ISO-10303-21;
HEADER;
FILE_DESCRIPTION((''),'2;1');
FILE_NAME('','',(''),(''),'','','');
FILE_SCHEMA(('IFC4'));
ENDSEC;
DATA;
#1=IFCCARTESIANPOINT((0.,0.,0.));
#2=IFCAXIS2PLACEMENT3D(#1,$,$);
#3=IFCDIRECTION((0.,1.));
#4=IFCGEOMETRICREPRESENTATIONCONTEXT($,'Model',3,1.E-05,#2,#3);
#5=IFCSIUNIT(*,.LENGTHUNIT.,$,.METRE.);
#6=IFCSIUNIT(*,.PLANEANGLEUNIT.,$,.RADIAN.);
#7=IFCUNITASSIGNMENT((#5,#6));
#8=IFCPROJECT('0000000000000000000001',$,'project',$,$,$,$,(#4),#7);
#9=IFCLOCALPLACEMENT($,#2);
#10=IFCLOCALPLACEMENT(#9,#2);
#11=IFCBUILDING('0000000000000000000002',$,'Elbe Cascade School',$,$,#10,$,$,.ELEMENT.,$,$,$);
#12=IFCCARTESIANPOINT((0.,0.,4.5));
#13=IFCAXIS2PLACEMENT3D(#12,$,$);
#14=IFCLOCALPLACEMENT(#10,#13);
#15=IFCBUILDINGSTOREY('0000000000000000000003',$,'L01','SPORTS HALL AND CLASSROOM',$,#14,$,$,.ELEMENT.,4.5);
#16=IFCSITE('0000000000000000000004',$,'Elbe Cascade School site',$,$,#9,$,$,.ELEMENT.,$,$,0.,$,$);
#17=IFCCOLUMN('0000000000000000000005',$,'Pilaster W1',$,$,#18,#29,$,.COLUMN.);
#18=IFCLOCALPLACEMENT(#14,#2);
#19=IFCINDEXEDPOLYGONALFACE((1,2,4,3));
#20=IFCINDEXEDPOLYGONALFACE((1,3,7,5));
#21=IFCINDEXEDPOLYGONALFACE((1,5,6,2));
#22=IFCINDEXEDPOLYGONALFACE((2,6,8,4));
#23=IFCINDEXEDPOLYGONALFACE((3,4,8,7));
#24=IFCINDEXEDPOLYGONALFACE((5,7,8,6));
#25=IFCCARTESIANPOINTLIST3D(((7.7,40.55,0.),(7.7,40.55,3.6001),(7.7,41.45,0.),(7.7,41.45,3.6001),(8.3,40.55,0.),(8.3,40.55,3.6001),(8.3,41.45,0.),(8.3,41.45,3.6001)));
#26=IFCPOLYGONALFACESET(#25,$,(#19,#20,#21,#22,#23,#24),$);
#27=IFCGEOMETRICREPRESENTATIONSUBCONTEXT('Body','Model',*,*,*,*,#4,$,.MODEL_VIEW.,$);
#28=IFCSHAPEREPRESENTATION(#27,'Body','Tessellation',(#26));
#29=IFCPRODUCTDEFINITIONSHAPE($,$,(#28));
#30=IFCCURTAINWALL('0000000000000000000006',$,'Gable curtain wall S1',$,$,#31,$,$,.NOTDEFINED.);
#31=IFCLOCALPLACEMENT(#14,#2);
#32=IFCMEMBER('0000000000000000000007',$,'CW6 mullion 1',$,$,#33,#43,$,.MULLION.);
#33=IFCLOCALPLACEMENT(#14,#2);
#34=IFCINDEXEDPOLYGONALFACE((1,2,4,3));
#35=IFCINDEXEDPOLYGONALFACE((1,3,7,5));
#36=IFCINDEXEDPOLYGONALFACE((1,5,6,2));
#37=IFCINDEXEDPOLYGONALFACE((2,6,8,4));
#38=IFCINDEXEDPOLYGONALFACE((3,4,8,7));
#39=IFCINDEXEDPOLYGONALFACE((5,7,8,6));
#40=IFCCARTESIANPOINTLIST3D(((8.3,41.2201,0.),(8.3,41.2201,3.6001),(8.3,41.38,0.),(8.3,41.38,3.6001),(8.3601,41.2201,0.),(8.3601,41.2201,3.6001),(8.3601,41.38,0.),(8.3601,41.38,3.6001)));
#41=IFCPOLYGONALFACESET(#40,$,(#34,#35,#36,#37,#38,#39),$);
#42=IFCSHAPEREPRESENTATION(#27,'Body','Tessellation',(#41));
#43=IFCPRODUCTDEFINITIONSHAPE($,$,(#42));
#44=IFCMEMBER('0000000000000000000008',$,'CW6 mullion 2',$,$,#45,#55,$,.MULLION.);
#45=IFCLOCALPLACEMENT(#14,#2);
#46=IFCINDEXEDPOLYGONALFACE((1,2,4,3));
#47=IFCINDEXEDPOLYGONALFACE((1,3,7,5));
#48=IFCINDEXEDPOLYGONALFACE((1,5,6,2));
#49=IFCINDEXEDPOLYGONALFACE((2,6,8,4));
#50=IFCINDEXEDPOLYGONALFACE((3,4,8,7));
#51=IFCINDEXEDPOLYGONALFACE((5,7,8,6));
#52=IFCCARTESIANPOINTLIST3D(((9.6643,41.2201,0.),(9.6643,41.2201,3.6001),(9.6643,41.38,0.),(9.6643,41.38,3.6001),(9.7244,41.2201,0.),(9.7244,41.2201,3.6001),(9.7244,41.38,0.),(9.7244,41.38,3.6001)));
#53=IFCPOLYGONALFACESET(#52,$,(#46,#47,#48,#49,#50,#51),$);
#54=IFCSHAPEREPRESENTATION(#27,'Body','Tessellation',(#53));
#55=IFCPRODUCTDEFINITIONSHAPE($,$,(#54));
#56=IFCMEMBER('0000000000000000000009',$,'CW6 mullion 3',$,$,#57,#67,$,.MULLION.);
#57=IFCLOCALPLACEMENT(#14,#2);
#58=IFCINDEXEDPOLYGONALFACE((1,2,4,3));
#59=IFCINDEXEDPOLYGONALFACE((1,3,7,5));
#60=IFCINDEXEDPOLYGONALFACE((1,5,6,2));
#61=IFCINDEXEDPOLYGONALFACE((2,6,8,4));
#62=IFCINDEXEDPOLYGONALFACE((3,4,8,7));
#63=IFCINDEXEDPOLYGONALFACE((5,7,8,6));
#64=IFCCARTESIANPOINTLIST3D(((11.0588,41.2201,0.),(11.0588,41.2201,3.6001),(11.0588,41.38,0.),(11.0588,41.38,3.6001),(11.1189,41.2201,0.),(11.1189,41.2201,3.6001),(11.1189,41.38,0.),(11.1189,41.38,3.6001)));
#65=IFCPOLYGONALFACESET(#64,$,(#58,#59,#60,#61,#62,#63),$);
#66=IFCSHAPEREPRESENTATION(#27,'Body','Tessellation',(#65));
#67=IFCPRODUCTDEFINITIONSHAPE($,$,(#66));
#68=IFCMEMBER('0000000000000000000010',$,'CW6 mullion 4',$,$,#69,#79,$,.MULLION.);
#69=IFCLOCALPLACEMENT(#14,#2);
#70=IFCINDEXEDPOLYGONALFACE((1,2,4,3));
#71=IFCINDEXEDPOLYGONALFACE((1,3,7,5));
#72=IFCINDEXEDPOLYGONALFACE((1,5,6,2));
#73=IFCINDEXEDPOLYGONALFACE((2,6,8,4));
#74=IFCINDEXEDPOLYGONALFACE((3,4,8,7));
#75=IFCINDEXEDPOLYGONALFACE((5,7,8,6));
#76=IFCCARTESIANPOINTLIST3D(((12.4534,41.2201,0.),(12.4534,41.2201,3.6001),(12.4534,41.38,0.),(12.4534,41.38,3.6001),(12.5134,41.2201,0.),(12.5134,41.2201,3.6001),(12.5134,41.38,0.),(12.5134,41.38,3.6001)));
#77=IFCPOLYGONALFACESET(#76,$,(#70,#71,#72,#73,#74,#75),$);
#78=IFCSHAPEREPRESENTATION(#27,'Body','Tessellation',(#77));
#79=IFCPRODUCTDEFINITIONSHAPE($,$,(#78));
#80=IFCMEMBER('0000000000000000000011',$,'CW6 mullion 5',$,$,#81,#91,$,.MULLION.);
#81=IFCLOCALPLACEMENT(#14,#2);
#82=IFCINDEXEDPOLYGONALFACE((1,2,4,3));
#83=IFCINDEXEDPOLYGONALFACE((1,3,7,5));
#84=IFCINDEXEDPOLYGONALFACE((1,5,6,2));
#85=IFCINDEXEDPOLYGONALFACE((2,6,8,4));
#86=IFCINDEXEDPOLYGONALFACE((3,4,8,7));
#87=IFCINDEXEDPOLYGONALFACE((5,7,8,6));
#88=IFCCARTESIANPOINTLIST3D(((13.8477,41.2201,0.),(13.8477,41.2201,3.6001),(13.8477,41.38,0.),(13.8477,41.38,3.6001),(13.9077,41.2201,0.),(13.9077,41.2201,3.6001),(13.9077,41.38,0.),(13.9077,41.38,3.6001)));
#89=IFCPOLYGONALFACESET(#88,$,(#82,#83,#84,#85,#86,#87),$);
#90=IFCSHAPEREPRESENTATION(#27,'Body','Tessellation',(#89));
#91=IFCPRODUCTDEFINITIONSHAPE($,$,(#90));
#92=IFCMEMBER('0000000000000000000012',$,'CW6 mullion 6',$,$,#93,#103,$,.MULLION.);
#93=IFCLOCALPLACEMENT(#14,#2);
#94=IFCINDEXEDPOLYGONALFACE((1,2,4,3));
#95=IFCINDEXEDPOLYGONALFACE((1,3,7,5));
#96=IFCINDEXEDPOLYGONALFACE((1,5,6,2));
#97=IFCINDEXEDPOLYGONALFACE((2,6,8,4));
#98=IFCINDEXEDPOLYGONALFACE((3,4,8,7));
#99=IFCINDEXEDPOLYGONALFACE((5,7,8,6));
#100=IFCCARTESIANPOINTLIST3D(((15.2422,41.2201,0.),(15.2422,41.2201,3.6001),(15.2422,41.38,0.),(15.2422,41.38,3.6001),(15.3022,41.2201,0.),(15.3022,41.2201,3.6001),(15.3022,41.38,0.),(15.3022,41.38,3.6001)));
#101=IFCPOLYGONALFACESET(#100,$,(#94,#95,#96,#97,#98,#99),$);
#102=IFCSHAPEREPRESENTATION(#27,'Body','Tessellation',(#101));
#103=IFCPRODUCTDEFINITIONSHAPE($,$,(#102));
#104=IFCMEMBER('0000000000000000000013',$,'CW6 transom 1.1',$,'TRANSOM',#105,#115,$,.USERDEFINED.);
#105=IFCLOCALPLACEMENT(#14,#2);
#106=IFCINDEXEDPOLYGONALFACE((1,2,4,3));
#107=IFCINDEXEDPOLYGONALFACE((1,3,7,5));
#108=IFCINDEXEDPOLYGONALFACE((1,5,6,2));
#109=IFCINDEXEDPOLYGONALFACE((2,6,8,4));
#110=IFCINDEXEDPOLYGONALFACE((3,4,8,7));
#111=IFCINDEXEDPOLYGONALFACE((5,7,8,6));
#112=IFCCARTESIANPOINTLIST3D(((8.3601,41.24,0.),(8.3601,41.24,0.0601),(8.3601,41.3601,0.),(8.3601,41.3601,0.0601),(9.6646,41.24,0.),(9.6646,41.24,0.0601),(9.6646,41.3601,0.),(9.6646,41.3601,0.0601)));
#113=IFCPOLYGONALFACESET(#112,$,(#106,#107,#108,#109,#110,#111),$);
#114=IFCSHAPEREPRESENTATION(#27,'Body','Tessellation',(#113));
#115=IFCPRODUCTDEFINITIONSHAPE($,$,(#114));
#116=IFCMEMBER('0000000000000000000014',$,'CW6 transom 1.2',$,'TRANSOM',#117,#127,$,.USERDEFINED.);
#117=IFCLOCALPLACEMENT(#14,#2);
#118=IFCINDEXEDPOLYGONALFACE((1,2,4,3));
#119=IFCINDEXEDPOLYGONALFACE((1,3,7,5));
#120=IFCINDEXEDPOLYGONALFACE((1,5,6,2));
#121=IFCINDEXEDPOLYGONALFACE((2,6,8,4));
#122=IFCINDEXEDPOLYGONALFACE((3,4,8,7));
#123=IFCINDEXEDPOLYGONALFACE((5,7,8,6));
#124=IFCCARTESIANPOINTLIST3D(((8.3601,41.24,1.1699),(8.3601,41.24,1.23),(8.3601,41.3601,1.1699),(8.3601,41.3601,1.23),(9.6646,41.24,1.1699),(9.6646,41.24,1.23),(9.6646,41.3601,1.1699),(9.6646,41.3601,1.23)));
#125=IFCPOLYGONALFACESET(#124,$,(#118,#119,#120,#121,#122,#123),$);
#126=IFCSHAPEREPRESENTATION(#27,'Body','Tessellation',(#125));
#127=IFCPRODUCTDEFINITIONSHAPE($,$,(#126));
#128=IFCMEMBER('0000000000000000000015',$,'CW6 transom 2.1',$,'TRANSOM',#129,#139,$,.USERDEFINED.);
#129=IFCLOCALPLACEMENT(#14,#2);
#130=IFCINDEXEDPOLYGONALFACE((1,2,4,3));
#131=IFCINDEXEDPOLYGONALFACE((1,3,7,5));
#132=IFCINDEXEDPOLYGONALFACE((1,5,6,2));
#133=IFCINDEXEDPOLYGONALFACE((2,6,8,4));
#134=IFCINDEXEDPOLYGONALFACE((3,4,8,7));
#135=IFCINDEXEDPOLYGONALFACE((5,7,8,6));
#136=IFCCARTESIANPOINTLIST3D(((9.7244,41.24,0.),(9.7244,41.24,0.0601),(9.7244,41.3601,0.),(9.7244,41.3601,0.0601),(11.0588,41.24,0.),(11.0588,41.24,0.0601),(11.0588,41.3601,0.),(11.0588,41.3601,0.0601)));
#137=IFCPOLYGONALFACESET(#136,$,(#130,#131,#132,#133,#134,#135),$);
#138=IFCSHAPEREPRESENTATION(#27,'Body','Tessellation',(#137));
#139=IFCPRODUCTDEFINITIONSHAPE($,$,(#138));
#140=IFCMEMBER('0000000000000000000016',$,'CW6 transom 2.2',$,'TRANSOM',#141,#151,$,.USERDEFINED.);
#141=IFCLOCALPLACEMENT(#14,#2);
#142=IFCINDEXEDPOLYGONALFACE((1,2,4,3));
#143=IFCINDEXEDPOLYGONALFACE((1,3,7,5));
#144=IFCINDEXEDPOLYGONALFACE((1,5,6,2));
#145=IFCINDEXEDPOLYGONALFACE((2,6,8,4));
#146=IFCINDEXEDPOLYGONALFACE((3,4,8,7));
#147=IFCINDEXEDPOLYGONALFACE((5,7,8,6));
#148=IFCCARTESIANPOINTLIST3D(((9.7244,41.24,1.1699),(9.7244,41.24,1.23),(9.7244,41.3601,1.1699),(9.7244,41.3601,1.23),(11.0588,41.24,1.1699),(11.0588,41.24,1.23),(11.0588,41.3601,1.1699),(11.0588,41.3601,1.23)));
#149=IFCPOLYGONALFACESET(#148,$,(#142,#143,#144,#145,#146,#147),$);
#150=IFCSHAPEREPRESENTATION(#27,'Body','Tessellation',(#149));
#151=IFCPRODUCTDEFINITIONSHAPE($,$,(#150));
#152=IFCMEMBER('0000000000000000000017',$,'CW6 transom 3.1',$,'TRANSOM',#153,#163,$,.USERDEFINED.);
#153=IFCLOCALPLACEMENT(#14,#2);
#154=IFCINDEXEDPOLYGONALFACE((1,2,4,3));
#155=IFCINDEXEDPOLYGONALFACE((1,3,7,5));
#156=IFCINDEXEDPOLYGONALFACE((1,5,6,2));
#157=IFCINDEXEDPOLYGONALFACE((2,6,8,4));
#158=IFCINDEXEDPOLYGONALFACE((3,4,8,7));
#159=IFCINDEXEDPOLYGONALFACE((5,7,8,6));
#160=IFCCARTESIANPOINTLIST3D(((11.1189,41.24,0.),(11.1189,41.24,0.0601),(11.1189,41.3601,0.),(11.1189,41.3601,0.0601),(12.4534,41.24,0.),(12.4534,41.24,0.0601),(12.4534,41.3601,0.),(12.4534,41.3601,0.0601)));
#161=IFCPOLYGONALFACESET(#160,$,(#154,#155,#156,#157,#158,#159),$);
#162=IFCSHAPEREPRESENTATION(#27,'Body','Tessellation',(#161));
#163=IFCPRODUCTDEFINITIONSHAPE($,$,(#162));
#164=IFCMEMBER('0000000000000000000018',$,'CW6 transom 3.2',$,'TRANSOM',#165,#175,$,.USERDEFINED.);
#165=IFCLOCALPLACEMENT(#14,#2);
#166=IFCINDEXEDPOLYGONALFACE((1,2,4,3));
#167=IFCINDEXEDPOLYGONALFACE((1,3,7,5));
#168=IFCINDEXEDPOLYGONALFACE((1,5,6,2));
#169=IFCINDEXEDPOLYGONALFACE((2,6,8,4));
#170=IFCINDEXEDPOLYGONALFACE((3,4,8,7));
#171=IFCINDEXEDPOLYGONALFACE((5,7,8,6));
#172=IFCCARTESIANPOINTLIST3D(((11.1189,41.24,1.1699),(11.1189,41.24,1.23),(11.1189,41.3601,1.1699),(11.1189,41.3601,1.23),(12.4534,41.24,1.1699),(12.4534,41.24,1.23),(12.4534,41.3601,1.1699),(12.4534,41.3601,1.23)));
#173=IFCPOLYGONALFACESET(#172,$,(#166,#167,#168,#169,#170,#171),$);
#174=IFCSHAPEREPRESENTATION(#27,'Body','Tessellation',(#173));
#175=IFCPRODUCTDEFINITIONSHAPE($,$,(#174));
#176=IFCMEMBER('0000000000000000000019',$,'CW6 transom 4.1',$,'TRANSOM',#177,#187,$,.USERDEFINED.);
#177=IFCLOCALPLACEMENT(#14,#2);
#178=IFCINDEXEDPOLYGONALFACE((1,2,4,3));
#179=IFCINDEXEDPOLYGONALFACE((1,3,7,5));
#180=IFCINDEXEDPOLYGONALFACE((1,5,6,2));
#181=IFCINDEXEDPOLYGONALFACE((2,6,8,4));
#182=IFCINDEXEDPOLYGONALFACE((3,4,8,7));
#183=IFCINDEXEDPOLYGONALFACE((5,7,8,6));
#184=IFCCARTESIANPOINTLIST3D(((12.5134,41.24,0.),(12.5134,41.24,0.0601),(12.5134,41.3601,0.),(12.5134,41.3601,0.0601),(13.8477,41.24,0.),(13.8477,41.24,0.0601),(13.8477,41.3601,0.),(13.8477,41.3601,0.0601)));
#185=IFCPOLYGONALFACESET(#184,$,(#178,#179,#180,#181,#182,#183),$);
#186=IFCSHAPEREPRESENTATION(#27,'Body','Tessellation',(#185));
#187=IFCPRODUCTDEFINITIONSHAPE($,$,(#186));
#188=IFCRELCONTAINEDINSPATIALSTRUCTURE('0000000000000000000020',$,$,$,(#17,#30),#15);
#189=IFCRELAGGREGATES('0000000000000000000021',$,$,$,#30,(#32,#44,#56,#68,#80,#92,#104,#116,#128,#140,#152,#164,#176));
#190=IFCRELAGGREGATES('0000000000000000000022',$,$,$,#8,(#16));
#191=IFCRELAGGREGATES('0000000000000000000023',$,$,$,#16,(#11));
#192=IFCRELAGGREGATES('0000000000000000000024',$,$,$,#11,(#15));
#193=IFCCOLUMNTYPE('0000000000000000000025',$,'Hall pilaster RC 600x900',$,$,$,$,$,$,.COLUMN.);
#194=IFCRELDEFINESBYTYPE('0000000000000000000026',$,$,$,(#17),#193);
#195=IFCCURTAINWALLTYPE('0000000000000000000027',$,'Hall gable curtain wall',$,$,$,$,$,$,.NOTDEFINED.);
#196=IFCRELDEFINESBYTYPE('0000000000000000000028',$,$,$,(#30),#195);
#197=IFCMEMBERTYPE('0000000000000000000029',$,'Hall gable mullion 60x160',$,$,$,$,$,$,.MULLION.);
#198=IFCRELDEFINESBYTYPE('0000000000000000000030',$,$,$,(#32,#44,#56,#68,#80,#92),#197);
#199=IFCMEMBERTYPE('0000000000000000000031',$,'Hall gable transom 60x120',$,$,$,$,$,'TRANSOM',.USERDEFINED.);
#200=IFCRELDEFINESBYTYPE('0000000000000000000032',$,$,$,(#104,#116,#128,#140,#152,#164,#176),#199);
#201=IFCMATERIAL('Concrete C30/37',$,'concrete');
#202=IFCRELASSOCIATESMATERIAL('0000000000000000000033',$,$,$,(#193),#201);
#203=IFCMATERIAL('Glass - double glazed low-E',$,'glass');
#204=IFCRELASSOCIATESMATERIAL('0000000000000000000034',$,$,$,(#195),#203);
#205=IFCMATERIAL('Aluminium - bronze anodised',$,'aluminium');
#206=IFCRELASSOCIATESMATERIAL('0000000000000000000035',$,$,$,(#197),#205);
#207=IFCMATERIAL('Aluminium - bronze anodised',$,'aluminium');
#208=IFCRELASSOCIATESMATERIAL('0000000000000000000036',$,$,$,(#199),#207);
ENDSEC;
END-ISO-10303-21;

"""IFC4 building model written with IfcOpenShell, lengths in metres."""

from ifc_helpers import new_model, si_unit, direction, frame, origin, origin_2d, place, context, subcontext, project, spatial, rectangle, extrude, material, material_profile, profile_set, type_object, element, aggregate, save


model = new_model("IFC4")

# Units and contexts
model_context = context("Model", 3, precision=1e-05, world=origin(), true_north=direction((0.0, 1.0)))
body_context = subcontext(model_context, "Body", "Model", "MODEL_VIEW")
ifc_project = project(units=[si_unit("LENGTHUNIT", "METRE"), si_unit("PLANEANGLEUNIT", "RADIAN")], contexts=[model_context])

# Site, building, storey
site_placement = place(None, origin())
site = spatial("IfcSite", under=ifc_project, at=site_placement, Name="Elbe Cascade School site", CompositionType="ELEMENT", RefElevation=0.0)
building_placement = place(site_placement, origin())
building = spatial("IfcBuilding", under=site, at=building_placement, Name="Elbe Cascade School", CompositionType="ELEMENT")
storey_placement = place(building_placement, frame((0.0, 0.0, 4.5)))
storey = spatial("IfcBuildingStorey", under=building, at=storey_placement, Name="L01", Description="SPORTS HALL AND CLASSROOM", CompositionType="ELEMENT", Elevation=4.5)

# Column
ifc_material_1 = material(Name="Concrete C30/37", Category="concrete")
ifc_material_profile_1 = material_profile(ifc_material_1, rectangle(XDim=0.6001, YDim=0.8999, at=origin_2d()), Name="RC 600x900")
ifc_profile_set_1 = profile_set([ifc_material_profile_1], Name="Concrete C30/37")
column_type = type_object("IfcColumnType", Name="Hall pilaster RC 600x900", PredefinedType="COLUMN", material=ifc_profile_set_1)
column_placement = place(storey_placement, frame((8.0, 41.0, 0.0), z_axis=(0.0, 0.0, 1.0), x_axis=(1.0, 0.0, 0.0)))
element("IfcColumn", 1, at=column_placement, inside=storey, type_object=column_type, Name="Pilaster W1", PredefinedType="COLUMN", context=body_context, shape_type="SweptSolid", body=[
    extrude(rectangle(XDim=0.6001, YDim=0.8999, at=origin_2d()), origin(), (0.0, 0.0, 1.0), 3.6001),
])

# Curtain wall, members
ifc_material_2 = material(Name="Glass - double glazed low-E", Category="glass")
curtain_wall_type = type_object("IfcCurtainWallType", Name="Hall gable curtain wall", PredefinedType="NOTDEFINED", material=ifc_material_2)
curtain_wall_placement = place(storey_placement, origin())
curtain_wall = element("IfcCurtainWall", 2, at=curtain_wall_placement, inside=storey, type_object=curtain_wall_type, Name="Gable curtain wall S1", PredefinedType="NOTDEFINED")
ifc_material_3 = material(Name="Aluminium - bronze anodised", Category="aluminium")
ifc_material_profile_2 = material_profile(ifc_material_3, rectangle(XDim=0.1599, YDim=0.0601, at=origin_2d()), Name="Alu 60x160")
ifc_profile_set_2 = profile_set([ifc_material_profile_2], Name="Aluminium - bronze anodised")
member_type_1 = type_object("IfcMemberType", Name="Hall gable mullion 60x160", PredefinedType="MULLION", material=ifc_profile_set_2)
member_1_placement = place(storey_placement, frame((8.3301, 41.3, 0.0), z_axis=(0.0, 0.0, 1.0), x_axis=(0.0, 1.0, 0.0)))
member_1 = element("IfcMember", 3, at=member_1_placement, type_object=member_type_1, Name="CW6 mullion 1", PredefinedType="MULLION", context=body_context, shape_type="SweptSolid", body=[
    extrude(rectangle(XDim=0.1599, YDim=0.0601, at=origin_2d()), origin(), (0.0, 0.0, 1.0), 3.6001),
])
member_2_placement = place(storey_placement, frame((9.6943, 41.3, 0.0), z_axis=(0.0, 0.0, 1.0), x_axis=(0.0, 1.0, 0.0)))
member_2 = element("IfcMember", 4, at=member_2_placement, type_object=member_type_1, Name="CW6 mullion 2", PredefinedType="MULLION", context=body_context, shape_type="SweptSolid", body=[
    extrude(rectangle(XDim=0.1599, YDim=0.0601, at=origin_2d()), origin(), (0.0, 0.0, 1.0), 3.6001),
])
member_3_placement = place(storey_placement, frame((11.0889, 41.3, 0.0), z_axis=(0.0, 0.0, 1.0), x_axis=(0.0, 1.0, 0.0)))
member_3 = element("IfcMember", 5, at=member_3_placement, type_object=member_type_1, Name="CW6 mullion 3", PredefinedType="MULLION", context=body_context, shape_type="SweptSolid", body=[
    extrude(rectangle(XDim=0.1599, YDim=0.0601, at=origin_2d()), origin(), (0.0, 0.0, 1.0), 3.6001),
])
member_4_placement = place(storey_placement, frame((12.4834, 41.3, 0.0), z_axis=(0.0, 0.0, 1.0), x_axis=(0.0, 1.0, 0.0)))
member_4 = element("IfcMember", 6, at=member_4_placement, type_object=member_type_1, Name="CW6 mullion 4", PredefinedType="MULLION", context=body_context, shape_type="SweptSolid", body=[
    extrude(rectangle(XDim=0.1599, YDim=0.0601, at=origin_2d()), origin(), (0.0, 0.0, 1.0), 3.6001),
])
member_5_placement = place(storey_placement, frame((13.8777, 41.3, 0.0), z_axis=(0.0, 0.0, 1.0), x_axis=(0.0, 1.0, 0.0)))
member_5 = element("IfcMember", 7, at=member_5_placement, type_object=member_type_1, Name="CW6 mullion 5", PredefinedType="MULLION", context=body_context, shape_type="SweptSolid", body=[
    extrude(rectangle(XDim=0.1599, YDim=0.0601, at=origin_2d()), origin(), (0.0, 0.0, 1.0), 3.6001),
])
member_6_placement = place(storey_placement, frame((15.2722, 41.3, 0.0), z_axis=(0.0, 0.0, 1.0), x_axis=(0.0, 1.0, 0.0)))
member_6 = element("IfcMember", 8, at=member_6_placement, type_object=member_type_1, Name="CW6 mullion 6", PredefinedType="MULLION", context=body_context, shape_type="SweptSolid", body=[
    extrude(rectangle(XDim=0.1599, YDim=0.0601, at=origin_2d()), origin(), (0.0, 0.0, 1.0), 3.6001),
])
ifc_material_4 = material(Name="Aluminium - bronze anodised", Category="aluminium")
ifc_material_profile_3 = material_profile(ifc_material_4, rectangle(XDim=0.1201, YDim=0.0601, at=origin_2d()), Name="Alu 60x120")
ifc_profile_set_3 = profile_set([ifc_material_profile_3], Name="Aluminium - bronze anodised")
member_type_2 = type_object("IfcMemberType", Name="Hall gable transom 60x120", ElementType="TRANSOM", PredefinedType="USERDEFINED", material=ifc_profile_set_3)
member_7_placement = place(storey_placement, frame((8.3601, 41.3, 0.03), z_axis=(1.0, 0.0, 0.0), x_axis=(0.0, 1.0, 0.0)))
member_7 = element("IfcMember", 9, at=member_7_placement, type_object=member_type_2, Name="CW6 transom 1.1", ObjectType="TRANSOM", PredefinedType="USERDEFINED", context=body_context, shape_type="SweptSolid", body=[
    extrude(rectangle(XDim=0.1201, YDim=0.0601, at=origin_2d()), origin(), (0.0, 0.0, 1.0), 1.3044),
])
member_8_placement = place(storey_placement, frame((8.3601, 41.3, 1.2), z_axis=(1.0, 0.0, 0.0), x_axis=(0.0, 1.0, 0.0)))
member_8 = element("IfcMember", 10, at=member_8_placement, type_object=member_type_2, Name="CW6 transom 1.2", ObjectType="TRANSOM", PredefinedType="USERDEFINED", context=body_context, shape_type="SweptSolid", body=[
    extrude(rectangle(XDim=0.1201, YDim=0.0601, at=origin_2d()), origin(), (0.0, 0.0, 1.0), 1.3044),
])
member_9_placement = place(storey_placement, frame((9.7244, 41.3, 0.03), z_axis=(1.0, 0.0, 0.0), x_axis=(0.0, 1.0, 0.0)))
member_9 = element("IfcMember", 11, at=member_9_placement, type_object=member_type_2, Name="CW6 transom 2.1", ObjectType="TRANSOM", PredefinedType="USERDEFINED", context=body_context, shape_type="SweptSolid", body=[
    extrude(rectangle(XDim=0.1201, YDim=0.0601, at=origin_2d()), origin(), (0.0, 0.0, 1.0), 1.3345),
])
member_10_placement = place(storey_placement, frame((9.7244, 41.3, 1.2), z_axis=(1.0, 0.0, 0.0), x_axis=(0.0, 1.0, 0.0)))
member_10 = element("IfcMember", 12, at=member_10_placement, type_object=member_type_2, Name="CW6 transom 2.2", ObjectType="TRANSOM", PredefinedType="USERDEFINED", context=body_context, shape_type="SweptSolid", body=[
    extrude(rectangle(XDim=0.1201, YDim=0.0601, at=origin_2d()), origin(), (0.0, 0.0, 1.0), 1.3345),
])
member_11_placement = place(storey_placement, frame((11.1189, 41.3, 0.03), z_axis=(1.0, 0.0, 0.0), x_axis=(0.0, 1.0, 0.0)))
member_11 = element("IfcMember", 13, at=member_11_placement, type_object=member_type_2, Name="CW6 transom 3.1", ObjectType="TRANSOM", PredefinedType="USERDEFINED", context=body_context, shape_type="SweptSolid", body=[
    extrude(rectangle(XDim=0.1201, YDim=0.0601, at=origin_2d()), origin(), (0.0, 0.0, 1.0), 1.3345),
])
member_12_placement = place(storey_placement, frame((11.1189, 41.3, 1.2), z_axis=(1.0, 0.0, 0.0), x_axis=(0.0, 1.0, 0.0)))
member_12 = element("IfcMember", 14, at=member_12_placement, type_object=member_type_2, Name="CW6 transom 3.2", ObjectType="TRANSOM", PredefinedType="USERDEFINED", context=body_context, shape_type="SweptSolid", body=[
    extrude(rectangle(XDim=0.1201, YDim=0.0601, at=origin_2d()), origin(), (0.0, 0.0, 1.0), 1.3345),
])
member_13_placement = place(storey_placement, frame((12.5134, 41.3, 0.03), z_axis=(1.0, 0.0, 0.0), x_axis=(0.0, 1.0, 0.0)))
member_13 = element("IfcMember", 15, at=member_13_placement, type_object=member_type_2, Name="CW6 transom 4.1", ObjectType="TRANSOM", PredefinedType="USERDEFINED", context=body_context, shape_type="SweptSolid", body=[
    extrude(rectangle(XDim=0.1201, YDim=0.0601, at=origin_2d()), origin(), (0.0, 0.0, 1.0), 1.3342),
])
aggregate(curtain_wall, [member_1, member_2, member_3, member_4, member_5, member_6, member_7, member_8, member_9, member_10, member_11, member_12, member_13])

save(model, "model.ifc")
